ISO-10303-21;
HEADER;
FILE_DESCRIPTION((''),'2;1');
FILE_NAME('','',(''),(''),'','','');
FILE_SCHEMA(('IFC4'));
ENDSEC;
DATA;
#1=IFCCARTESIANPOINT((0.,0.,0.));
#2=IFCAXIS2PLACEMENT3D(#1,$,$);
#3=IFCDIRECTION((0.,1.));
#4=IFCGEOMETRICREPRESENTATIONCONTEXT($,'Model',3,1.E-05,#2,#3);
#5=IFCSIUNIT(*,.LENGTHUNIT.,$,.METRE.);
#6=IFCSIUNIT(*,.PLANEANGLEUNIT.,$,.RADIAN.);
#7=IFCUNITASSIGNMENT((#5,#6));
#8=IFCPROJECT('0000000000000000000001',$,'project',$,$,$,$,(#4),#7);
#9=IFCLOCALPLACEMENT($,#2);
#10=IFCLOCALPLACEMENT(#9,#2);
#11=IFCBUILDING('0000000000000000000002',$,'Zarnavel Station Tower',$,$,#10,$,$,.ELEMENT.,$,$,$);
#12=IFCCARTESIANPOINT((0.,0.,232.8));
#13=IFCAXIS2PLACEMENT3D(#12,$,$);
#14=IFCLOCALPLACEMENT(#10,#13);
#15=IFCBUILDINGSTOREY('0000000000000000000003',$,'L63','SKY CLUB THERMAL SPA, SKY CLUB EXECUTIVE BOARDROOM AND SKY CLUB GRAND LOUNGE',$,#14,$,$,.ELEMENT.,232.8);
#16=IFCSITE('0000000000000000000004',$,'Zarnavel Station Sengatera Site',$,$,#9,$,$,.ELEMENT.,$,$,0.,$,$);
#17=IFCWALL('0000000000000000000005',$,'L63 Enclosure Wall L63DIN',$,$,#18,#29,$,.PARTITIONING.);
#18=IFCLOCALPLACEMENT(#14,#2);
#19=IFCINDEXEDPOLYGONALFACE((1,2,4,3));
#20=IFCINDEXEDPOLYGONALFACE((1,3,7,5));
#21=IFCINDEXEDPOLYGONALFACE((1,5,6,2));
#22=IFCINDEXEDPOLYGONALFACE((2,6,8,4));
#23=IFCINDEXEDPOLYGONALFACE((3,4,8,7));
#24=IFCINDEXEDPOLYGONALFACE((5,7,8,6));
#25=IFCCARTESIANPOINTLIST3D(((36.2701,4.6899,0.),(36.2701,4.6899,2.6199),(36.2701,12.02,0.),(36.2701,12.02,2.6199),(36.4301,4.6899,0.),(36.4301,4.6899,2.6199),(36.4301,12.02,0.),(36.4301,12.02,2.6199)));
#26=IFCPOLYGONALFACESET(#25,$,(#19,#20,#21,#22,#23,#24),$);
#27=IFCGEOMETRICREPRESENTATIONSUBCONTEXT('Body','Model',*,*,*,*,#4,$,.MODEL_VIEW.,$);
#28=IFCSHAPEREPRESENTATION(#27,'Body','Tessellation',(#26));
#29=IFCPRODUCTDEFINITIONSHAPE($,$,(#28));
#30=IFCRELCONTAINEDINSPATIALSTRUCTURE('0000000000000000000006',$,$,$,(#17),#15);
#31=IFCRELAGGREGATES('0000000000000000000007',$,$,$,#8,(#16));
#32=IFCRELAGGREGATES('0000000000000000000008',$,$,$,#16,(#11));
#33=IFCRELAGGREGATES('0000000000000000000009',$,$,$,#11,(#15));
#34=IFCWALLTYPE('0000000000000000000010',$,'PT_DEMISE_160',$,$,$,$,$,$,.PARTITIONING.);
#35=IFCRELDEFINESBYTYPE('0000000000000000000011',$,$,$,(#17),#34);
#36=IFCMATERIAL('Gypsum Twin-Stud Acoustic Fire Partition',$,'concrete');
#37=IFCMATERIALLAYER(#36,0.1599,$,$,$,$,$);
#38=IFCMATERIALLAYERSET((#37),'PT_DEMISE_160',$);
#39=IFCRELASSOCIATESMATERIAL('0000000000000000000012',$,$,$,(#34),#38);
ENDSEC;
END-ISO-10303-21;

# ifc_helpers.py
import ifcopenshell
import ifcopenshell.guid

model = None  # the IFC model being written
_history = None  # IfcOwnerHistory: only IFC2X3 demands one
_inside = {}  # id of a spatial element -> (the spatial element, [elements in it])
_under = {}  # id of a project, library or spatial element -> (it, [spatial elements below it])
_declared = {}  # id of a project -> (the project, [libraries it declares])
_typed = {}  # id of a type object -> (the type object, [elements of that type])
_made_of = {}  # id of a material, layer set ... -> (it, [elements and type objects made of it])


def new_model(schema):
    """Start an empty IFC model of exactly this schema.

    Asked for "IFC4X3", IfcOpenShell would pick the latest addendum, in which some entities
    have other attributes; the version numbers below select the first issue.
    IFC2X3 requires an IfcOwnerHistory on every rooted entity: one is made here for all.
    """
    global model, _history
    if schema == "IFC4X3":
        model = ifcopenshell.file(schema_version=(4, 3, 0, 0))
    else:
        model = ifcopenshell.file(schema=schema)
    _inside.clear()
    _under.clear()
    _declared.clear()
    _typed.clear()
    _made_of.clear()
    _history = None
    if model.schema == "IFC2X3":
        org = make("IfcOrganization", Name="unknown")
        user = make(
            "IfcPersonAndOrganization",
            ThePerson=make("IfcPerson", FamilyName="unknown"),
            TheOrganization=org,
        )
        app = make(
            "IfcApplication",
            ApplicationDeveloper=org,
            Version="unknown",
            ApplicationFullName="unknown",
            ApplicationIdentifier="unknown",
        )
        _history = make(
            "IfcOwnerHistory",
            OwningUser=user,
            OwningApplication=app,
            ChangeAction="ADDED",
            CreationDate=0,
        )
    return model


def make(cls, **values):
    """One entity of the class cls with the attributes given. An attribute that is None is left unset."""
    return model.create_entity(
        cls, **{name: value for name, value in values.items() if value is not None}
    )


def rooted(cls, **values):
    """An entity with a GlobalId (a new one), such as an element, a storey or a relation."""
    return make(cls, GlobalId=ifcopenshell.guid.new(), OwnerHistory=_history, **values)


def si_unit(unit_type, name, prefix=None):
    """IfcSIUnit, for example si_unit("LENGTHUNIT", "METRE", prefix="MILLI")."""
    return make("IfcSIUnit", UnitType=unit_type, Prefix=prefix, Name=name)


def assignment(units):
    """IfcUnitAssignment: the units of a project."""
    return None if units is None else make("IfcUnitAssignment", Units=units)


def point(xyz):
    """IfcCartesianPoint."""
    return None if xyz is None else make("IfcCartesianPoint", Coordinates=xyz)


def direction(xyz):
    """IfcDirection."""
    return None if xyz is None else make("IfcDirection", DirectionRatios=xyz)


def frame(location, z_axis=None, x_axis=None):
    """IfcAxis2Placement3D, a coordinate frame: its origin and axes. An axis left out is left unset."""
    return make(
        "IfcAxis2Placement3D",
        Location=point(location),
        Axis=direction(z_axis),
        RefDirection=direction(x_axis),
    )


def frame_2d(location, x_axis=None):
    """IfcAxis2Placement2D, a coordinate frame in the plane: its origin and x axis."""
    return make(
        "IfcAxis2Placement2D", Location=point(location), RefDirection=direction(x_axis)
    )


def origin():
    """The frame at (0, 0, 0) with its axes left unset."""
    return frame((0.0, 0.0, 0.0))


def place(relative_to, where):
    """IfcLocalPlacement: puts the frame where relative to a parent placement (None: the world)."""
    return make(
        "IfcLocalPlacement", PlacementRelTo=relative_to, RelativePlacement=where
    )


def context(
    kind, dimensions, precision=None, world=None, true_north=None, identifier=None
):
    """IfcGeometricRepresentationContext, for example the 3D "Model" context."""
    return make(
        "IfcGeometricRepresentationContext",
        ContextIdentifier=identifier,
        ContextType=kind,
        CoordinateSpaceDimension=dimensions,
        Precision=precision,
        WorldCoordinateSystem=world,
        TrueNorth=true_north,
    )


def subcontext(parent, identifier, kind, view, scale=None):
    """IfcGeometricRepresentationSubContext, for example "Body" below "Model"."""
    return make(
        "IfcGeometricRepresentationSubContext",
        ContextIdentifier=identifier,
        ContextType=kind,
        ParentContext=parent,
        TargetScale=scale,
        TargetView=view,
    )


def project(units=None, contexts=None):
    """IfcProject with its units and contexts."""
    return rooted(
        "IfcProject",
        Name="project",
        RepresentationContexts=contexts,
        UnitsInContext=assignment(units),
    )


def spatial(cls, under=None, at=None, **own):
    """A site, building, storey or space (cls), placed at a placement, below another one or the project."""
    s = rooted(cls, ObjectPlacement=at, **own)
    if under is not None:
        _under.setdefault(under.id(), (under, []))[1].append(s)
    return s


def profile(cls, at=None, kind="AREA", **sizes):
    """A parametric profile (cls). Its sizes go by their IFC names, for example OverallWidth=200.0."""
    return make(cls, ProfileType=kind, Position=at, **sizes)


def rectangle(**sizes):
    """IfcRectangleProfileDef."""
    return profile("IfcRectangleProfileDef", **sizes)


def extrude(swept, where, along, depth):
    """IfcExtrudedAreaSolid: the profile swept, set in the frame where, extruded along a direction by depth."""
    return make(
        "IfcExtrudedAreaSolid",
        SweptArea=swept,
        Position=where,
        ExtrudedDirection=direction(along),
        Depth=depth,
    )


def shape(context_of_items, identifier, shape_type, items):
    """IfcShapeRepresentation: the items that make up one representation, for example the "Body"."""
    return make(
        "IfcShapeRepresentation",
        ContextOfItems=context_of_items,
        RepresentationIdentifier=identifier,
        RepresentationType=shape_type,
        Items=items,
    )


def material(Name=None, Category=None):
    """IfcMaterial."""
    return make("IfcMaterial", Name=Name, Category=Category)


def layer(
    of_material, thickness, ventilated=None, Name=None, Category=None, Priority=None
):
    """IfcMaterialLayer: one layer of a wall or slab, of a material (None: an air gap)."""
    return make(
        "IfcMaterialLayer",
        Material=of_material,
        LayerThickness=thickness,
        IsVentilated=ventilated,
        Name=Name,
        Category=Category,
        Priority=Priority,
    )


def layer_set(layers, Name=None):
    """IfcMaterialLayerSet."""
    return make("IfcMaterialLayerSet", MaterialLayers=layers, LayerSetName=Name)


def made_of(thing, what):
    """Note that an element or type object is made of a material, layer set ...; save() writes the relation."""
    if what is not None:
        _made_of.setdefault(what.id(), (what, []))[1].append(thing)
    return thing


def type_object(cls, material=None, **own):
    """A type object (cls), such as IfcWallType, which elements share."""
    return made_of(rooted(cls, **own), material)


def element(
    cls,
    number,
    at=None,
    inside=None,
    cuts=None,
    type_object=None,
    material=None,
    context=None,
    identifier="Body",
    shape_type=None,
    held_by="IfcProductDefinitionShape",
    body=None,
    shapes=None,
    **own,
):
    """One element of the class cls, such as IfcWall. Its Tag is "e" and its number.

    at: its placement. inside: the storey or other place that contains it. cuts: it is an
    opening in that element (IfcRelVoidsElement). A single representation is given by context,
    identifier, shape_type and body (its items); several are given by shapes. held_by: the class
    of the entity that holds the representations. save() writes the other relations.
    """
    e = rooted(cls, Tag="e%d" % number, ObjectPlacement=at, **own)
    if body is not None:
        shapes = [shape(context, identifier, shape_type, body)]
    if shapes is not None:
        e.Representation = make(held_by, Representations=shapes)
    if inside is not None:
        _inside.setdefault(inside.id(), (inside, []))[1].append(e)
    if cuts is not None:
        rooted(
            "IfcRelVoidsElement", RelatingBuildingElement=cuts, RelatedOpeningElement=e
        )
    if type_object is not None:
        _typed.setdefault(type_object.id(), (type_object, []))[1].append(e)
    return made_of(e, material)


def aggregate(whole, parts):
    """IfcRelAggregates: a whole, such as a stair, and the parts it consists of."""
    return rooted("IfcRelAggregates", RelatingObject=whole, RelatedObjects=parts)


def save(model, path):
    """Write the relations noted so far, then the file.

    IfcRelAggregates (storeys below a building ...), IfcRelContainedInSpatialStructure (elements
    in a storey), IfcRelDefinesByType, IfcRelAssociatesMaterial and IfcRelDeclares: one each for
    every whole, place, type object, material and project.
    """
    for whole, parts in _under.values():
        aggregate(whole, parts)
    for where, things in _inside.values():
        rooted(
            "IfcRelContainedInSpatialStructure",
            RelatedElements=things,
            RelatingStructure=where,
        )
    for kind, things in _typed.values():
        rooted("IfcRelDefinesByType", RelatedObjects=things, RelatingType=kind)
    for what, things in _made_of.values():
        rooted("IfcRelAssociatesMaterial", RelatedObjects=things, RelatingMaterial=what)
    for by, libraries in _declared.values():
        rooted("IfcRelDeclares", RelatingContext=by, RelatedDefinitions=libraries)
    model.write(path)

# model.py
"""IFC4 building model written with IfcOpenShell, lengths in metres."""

from ifc_helpers import new_model, si_unit, direction, frame, frame_2d, origin, place, context, subcontext, project, spatial, rectangle, extrude, material, layer, layer_set, type_object, element, save


model = new_model("IFC4")

# Units and contexts
model_context = context("Model", 3, precision=1e-05, world=origin(), true_north=direction((0.0, 1.0)))
body_context = subcontext(model_context, "Body", "Model", "MODEL_VIEW")
ifc_project = project(units=[si_unit("LENGTHUNIT", "METRE"), si_unit("PLANEANGLEUNIT", "RADIAN")], contexts=[model_context])

# Site, building, storey
site_placement = place(None, origin())
site = spatial("IfcSite", under=ifc_project, at=site_placement, Name="Zarnavel Station Sengatera Site", CompositionType="ELEMENT", RefElevation=0.0)
building_placement = place(site_placement, origin())
building = spatial("IfcBuilding", under=site, at=building_placement, Name="Zarnavel Station Tower", CompositionType="ELEMENT")
storey_placement = place(building_placement, frame((0.0, 0.0, 232.8)))
storey = spatial("IfcBuildingStorey", under=building, at=storey_placement, Name="L63", Description="SKY CLUB THERMAL SPA, SKY CLUB EXECUTIVE BOARDROOM AND SKY CLUB GRAND LOUNGE", CompositionType="ELEMENT", Elevation=232.8)

# Wall
ifc_material_1 = material(Name="Gypsum Twin-Stud Acoustic Fire Partition", Category="concrete")
ifc_layer_1 = layer(ifc_material_1, 0.1599)
ifc_layer_set_1 = layer_set([ifc_layer_1], Name="PT_DEMISE_160")
wall_type = type_object("IfcWallType", Name="PT_DEMISE_160", PredefinedType="PARTITIONING", material=ifc_layer_set_1)
wall_1_placement = place(storey_placement, frame((36.3501, 4.6899, 0.0), z_axis=(0.0, 0.0, 1.0), x_axis=(0.0, 1.0, 0.0)))
element("IfcWall", 1, at=wall_1_placement, inside=storey, type_object=wall_type, Name="L63 Enclosure Wall L63DIN", PredefinedType="PARTITIONING", context=body_context, shape_type="SweptSolid", body=[
    extrude(rectangle(XDim=7.3301, YDim=0.1599, at=frame_2d((3.665, 0.0))), origin(), (0.0, 0.0, 1.0), 2.6199),
])

save(model, "model.ifc")
